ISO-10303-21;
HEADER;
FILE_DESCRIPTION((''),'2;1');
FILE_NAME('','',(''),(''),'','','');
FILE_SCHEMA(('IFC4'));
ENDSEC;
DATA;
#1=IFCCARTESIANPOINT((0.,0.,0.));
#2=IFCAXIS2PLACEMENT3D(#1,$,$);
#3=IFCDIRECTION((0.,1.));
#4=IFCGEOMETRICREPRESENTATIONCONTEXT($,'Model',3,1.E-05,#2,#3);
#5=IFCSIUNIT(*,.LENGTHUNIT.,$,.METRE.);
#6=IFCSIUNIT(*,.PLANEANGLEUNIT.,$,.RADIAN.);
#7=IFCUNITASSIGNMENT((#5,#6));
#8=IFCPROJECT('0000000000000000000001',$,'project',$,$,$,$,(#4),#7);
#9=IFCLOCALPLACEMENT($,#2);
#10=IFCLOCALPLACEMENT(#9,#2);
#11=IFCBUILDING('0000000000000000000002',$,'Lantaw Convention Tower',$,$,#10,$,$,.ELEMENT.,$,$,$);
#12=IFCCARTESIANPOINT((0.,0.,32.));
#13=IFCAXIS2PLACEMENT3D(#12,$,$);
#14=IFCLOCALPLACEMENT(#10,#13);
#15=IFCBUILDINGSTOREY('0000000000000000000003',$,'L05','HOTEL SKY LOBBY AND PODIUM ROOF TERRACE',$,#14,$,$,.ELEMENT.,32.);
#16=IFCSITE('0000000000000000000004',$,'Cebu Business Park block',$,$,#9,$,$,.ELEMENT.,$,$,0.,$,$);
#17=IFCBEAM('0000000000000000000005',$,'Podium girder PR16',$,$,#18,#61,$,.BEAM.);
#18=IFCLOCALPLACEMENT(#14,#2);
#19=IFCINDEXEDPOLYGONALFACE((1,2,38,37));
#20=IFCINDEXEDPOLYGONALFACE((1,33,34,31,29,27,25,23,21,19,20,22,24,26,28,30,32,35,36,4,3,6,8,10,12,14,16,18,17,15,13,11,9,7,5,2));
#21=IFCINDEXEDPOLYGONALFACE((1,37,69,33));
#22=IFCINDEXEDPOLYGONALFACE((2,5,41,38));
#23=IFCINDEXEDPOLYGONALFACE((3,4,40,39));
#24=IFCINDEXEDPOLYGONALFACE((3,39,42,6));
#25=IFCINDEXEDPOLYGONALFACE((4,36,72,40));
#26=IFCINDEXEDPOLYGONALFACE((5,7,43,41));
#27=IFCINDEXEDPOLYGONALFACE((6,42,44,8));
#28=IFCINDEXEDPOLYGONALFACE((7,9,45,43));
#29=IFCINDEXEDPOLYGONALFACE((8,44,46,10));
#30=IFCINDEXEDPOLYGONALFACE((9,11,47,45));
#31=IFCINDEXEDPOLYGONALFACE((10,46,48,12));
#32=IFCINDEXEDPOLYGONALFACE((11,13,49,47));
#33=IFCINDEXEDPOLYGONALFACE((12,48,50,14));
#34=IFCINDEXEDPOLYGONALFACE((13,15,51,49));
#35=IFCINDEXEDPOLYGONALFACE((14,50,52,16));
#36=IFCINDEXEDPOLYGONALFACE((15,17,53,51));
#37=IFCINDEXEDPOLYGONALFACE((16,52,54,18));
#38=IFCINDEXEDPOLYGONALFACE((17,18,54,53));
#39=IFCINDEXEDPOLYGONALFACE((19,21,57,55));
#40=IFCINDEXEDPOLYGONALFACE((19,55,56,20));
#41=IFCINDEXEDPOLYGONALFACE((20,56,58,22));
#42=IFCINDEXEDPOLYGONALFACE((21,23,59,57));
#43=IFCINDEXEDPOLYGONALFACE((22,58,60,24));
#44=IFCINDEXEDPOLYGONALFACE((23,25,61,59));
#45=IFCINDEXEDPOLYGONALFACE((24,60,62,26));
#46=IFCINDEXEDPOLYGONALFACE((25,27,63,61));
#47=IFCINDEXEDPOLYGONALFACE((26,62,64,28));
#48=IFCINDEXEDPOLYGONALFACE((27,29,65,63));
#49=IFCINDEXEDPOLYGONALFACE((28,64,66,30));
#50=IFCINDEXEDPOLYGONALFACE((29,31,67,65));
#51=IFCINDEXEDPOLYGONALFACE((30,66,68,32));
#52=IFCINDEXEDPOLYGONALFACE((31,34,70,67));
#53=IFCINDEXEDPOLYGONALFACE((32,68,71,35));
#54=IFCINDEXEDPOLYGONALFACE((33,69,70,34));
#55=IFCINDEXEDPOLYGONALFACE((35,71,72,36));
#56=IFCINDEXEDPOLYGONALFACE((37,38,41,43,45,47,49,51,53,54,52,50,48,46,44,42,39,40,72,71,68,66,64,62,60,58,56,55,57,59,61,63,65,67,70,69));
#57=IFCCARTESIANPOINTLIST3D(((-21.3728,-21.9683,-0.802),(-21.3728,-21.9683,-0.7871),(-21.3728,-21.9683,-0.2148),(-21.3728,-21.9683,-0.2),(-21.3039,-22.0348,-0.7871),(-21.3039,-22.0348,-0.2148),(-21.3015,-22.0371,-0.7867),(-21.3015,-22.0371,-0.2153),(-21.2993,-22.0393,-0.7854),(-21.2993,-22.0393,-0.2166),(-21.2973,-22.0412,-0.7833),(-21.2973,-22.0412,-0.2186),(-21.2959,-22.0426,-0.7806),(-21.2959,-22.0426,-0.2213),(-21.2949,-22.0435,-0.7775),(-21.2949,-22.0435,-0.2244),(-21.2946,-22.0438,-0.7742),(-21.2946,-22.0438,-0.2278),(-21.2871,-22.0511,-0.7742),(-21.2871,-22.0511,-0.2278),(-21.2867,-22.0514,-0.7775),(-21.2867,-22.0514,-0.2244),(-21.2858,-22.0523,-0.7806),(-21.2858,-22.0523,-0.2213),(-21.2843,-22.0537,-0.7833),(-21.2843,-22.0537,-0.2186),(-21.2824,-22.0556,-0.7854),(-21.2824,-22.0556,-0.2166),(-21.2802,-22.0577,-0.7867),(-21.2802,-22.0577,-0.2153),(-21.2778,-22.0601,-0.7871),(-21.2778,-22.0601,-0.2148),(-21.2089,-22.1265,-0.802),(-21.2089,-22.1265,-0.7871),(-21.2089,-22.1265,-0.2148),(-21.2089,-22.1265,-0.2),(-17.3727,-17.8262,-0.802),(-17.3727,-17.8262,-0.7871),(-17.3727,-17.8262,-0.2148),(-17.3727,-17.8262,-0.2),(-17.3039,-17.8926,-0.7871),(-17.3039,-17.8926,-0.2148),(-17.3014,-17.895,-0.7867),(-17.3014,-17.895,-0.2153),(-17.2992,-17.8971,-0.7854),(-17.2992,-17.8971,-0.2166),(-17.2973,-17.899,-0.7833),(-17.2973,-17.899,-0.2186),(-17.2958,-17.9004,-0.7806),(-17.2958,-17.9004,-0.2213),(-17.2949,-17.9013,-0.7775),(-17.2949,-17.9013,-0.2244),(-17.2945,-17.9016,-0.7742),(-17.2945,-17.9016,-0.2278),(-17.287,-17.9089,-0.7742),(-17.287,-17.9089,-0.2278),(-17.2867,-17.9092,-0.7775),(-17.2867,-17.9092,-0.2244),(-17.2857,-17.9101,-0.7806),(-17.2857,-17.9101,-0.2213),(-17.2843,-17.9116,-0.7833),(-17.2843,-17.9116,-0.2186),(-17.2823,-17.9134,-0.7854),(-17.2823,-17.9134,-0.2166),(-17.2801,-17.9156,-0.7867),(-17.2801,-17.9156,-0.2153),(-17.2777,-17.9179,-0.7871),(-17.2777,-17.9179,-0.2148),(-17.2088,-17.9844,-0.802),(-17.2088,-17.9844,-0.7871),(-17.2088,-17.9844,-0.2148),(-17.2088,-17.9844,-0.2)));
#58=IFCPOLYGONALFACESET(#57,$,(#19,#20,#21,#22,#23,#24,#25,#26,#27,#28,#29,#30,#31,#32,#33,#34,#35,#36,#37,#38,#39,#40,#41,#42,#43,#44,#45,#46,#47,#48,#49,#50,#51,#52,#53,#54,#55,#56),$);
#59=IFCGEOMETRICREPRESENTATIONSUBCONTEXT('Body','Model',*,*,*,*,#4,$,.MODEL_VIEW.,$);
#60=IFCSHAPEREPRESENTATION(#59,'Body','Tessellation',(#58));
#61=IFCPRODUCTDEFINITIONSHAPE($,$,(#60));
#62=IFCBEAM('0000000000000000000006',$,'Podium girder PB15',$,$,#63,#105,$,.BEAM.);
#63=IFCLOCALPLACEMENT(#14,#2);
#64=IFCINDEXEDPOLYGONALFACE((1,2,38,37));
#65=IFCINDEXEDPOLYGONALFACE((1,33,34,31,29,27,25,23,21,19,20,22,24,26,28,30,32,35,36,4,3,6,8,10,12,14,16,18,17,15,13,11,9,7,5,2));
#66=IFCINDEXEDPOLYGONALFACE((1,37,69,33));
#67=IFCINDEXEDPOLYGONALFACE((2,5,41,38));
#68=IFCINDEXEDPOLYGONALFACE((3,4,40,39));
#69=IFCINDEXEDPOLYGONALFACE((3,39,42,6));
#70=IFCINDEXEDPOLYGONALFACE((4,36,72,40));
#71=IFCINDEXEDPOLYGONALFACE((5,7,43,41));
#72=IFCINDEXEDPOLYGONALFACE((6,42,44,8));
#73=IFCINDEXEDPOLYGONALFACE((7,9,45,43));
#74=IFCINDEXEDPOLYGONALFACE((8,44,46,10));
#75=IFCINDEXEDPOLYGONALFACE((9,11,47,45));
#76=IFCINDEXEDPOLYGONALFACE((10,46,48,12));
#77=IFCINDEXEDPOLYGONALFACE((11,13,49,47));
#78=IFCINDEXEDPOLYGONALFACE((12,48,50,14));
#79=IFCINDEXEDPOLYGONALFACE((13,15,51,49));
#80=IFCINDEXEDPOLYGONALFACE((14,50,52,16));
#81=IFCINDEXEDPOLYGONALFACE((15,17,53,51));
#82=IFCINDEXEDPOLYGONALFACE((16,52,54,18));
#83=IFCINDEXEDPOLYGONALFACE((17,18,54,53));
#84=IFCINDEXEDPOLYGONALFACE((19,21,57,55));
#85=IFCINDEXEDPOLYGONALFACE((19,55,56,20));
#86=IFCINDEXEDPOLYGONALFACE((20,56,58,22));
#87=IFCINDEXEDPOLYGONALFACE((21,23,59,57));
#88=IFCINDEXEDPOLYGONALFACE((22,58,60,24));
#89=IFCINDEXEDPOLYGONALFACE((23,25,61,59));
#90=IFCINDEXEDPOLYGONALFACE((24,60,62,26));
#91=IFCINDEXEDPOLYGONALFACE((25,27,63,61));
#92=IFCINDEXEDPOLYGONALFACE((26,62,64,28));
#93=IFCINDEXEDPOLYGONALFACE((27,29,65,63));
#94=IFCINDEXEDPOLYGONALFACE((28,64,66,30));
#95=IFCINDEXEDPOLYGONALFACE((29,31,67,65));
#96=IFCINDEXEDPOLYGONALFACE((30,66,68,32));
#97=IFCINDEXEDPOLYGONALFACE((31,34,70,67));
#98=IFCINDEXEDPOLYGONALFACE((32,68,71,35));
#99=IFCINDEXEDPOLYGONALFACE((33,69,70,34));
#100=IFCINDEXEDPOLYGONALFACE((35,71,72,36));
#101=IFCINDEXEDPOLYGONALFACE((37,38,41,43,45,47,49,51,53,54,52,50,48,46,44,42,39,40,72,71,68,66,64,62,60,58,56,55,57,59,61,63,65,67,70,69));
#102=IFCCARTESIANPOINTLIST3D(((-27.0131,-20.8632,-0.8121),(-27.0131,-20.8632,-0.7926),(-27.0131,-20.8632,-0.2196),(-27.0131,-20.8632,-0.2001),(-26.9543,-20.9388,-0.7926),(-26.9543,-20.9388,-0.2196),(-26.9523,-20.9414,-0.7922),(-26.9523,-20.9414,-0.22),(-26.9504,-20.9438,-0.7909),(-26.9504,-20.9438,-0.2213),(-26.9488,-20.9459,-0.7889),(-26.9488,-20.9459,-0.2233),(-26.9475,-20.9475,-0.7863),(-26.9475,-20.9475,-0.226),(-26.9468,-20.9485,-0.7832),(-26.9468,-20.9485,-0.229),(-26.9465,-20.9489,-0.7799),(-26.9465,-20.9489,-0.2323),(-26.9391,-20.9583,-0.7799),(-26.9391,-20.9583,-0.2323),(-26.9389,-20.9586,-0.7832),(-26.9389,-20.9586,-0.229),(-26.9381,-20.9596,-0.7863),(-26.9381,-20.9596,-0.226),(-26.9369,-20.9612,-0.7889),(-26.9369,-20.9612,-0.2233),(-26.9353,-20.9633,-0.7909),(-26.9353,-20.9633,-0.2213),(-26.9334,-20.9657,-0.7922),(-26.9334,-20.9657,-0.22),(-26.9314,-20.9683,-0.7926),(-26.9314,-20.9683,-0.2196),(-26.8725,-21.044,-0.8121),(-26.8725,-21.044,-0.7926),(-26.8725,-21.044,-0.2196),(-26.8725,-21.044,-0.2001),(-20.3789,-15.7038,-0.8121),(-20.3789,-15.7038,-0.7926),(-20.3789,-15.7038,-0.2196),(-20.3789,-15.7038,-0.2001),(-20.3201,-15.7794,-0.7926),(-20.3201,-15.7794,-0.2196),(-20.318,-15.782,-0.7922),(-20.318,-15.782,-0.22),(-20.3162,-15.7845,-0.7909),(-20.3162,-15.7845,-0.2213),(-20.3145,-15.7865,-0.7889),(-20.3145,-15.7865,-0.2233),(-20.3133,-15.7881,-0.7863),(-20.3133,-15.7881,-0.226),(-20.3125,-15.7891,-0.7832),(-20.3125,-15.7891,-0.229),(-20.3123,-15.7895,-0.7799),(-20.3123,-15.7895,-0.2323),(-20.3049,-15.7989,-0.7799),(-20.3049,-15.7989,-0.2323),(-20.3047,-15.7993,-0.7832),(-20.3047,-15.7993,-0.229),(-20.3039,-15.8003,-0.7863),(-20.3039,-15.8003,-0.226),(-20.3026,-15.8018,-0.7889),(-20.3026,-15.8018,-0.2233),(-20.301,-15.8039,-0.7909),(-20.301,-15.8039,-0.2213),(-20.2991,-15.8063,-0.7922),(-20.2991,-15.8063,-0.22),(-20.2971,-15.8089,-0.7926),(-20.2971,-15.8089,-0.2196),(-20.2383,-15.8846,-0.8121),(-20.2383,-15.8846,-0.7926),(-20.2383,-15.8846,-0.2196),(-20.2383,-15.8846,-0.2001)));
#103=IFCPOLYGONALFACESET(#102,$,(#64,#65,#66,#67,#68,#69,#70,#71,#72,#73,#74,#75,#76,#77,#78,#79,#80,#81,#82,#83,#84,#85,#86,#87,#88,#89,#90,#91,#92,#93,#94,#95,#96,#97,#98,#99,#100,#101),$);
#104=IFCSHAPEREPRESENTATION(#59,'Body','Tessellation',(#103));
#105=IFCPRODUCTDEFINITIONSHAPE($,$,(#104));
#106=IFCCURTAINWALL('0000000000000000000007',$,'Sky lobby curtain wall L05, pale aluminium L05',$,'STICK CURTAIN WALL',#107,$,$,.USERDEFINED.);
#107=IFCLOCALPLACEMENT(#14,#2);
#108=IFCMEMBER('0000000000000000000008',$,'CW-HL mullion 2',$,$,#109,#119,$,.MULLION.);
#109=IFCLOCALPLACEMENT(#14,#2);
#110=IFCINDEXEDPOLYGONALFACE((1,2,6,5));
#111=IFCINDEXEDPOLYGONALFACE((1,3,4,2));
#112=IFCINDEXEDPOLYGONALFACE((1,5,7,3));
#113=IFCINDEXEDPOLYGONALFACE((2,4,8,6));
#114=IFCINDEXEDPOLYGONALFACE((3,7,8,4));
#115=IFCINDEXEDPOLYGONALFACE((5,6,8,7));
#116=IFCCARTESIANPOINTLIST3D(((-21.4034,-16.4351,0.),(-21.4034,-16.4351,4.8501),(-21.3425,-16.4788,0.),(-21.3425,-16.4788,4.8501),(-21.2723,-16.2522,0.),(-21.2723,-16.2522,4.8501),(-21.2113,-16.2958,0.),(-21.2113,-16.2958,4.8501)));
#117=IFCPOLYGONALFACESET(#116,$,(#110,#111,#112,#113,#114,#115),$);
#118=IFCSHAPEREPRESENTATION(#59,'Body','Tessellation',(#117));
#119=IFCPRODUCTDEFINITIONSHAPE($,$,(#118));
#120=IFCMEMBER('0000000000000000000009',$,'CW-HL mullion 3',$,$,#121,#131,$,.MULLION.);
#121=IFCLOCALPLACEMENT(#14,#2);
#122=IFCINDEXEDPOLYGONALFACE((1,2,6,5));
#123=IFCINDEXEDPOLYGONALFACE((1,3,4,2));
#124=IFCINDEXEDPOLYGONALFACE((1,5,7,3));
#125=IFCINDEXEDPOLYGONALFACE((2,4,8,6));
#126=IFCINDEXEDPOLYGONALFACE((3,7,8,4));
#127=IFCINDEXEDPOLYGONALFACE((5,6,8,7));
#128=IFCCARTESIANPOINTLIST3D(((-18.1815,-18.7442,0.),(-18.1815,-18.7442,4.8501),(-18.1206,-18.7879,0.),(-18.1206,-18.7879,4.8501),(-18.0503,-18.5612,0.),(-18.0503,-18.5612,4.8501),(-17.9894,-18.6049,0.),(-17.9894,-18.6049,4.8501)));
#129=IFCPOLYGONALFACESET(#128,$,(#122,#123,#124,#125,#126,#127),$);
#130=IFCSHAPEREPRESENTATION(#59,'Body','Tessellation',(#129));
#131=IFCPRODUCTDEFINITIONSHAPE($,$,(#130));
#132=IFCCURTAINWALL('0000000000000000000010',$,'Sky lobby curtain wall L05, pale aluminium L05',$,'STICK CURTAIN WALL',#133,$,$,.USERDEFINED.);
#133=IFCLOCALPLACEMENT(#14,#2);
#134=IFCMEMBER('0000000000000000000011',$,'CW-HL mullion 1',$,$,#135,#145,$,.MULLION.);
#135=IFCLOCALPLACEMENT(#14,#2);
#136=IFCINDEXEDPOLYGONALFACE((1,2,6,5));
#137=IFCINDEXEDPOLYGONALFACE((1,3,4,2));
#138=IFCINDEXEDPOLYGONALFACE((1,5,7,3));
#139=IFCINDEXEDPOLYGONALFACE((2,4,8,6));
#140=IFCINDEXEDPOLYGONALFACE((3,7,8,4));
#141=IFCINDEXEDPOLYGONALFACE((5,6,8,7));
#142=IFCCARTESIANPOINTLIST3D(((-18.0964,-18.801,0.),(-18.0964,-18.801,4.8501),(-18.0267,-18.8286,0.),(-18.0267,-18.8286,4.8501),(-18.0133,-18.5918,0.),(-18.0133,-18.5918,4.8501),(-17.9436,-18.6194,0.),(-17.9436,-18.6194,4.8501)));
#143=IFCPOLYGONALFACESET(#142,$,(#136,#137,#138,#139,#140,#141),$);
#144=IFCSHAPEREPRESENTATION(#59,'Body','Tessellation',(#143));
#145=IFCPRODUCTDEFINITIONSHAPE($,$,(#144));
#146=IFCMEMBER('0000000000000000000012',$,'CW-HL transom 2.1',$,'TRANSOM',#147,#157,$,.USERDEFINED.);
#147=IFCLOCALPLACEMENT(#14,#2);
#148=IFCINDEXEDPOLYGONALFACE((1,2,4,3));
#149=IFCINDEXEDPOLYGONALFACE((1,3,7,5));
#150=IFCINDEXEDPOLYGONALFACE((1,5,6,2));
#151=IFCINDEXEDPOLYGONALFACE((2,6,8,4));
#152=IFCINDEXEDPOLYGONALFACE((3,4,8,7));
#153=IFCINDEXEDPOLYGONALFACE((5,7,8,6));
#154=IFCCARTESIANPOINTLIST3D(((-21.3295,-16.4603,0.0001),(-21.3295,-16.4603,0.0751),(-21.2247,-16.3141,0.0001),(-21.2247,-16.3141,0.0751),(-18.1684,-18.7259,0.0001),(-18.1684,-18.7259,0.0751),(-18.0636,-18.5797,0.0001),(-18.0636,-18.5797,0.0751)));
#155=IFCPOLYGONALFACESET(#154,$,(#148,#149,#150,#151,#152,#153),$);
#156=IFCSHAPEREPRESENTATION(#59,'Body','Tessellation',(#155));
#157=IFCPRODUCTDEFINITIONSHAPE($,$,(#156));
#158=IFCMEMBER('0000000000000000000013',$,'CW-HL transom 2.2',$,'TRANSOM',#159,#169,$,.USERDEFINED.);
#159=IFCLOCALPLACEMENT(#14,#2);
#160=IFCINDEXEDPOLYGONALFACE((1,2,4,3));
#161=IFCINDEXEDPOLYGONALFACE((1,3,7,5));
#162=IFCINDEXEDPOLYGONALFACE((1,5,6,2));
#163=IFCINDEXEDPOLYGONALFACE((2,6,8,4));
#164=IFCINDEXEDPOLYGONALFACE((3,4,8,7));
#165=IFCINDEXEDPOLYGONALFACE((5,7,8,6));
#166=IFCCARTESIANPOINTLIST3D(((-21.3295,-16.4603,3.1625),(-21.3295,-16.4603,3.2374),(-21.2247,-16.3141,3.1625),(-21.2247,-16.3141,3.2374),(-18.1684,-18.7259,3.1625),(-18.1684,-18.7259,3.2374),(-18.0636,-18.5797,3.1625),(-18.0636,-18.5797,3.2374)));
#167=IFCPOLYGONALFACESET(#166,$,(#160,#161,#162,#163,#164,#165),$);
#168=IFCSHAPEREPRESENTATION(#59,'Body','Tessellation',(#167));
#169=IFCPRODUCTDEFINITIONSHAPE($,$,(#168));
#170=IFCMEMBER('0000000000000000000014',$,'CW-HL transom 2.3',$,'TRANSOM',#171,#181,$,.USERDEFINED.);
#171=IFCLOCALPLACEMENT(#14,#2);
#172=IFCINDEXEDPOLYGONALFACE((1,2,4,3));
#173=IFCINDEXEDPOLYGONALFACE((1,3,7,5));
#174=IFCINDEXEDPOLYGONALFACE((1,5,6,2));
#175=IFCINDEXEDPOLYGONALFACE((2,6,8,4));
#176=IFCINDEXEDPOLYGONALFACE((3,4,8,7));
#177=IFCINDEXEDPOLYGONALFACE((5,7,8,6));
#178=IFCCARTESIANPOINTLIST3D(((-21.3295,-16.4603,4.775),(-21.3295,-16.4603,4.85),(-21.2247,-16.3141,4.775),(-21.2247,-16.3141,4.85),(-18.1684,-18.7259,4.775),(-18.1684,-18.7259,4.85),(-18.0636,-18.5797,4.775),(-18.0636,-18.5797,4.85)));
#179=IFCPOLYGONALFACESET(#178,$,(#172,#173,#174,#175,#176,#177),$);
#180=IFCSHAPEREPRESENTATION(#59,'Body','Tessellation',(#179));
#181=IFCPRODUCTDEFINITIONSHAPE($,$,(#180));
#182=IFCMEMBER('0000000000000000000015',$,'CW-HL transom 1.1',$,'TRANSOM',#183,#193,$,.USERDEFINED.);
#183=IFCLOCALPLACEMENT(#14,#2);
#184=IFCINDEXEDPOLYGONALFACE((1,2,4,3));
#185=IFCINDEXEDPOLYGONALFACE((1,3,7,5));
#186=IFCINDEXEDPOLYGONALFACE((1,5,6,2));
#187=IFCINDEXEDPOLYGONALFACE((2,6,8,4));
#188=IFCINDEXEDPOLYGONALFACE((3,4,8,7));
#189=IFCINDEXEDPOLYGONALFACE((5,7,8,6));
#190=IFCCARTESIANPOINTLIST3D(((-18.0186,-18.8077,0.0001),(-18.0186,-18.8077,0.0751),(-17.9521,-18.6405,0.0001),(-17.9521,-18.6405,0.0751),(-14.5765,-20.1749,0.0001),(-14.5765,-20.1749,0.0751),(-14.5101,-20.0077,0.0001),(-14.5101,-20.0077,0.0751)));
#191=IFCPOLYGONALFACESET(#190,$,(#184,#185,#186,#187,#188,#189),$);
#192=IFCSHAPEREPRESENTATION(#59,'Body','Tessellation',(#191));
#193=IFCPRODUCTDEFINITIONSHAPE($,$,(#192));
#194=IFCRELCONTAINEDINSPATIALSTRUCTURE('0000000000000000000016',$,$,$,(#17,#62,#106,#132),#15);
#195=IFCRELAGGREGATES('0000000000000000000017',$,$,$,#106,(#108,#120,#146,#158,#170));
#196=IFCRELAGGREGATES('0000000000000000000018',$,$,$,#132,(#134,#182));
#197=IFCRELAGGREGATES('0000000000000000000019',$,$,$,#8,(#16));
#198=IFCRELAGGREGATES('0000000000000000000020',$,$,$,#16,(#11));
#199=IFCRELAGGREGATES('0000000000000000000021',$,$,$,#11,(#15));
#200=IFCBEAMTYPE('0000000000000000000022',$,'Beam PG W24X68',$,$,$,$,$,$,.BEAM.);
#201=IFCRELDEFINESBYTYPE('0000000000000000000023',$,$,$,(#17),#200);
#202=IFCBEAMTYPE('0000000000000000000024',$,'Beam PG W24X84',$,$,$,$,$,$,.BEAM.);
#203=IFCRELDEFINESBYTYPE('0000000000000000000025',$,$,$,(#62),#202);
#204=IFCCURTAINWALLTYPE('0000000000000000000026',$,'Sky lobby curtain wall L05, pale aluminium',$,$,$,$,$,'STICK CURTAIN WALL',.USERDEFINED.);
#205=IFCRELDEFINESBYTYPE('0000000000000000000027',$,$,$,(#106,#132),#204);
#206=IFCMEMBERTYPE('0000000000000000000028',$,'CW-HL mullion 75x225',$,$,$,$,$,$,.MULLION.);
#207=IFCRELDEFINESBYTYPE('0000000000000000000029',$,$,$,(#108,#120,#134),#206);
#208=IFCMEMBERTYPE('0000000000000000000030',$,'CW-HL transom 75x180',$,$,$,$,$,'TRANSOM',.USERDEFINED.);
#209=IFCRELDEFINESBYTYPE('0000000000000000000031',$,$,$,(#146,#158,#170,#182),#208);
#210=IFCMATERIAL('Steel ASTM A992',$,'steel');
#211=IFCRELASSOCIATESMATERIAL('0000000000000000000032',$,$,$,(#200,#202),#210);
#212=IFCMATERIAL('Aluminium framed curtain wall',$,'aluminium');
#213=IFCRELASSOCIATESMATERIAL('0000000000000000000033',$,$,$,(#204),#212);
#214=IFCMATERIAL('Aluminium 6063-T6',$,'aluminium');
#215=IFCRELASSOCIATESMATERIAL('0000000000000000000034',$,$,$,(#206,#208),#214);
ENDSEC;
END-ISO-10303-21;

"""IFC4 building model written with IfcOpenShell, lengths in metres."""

from ifc_helpers import new_model, si_unit, direction, frame, origin, origin_2d, place, context, subcontext, project, spatial, rectangle, i_section, extrude, material, material_profile, profile_set, type_object, element, aggregate, save


model = new_model("IFC4")

# Units and contexts
model_context = context("Model", 3, precision=1e-05, world=origin(), true_north=direction((0.0, 1.0)))
body_context = subcontext(model_context, "Body", "Model", "MODEL_VIEW")
ifc_project = project(units=[si_unit("LENGTHUNIT", "METRE"), si_unit("PLANEANGLEUNIT", "RADIAN")], contexts=[model_context])

# Site, building, storey
site_placement = place(None, origin())
site = spatial("IfcSite", under=ifc_project, at=site_placement, Name="Cebu Business Park block", CompositionType="ELEMENT", RefElevation=0.0)
building_placement = place(site_placement, origin())
building = spatial("IfcBuilding", under=site, at=building_placement, Name="Lantaw Convention Tower", CompositionType="ELEMENT")
storey_placement = place(building_placement, frame((0.0, 0.0, 32.0)))
storey = spatial("IfcBuildingStorey", under=building, at=storey_placement, Name="L05", Description="HOTEL SKY LOBBY AND PODIUM ROOF TERRACE", CompositionType="ELEMENT", Elevation=32.0)

# Beams
ifc_material_1 = material(Name="Steel ASTM A992", Category="steel")
ifc_material_profile_1 = material_profile(ifc_material_1, i_section(OverallWidth=0.2278, OverallDepth=0.6021, WebThickness=0.0105, FlangeThickness=0.0149, FilletRadius=0.0129, at=origin_2d()), Name="W24X68")
ifc_profile_set_1 = profile_set([ifc_material_profile_1], Name="Steel ASTM A992")
beam_type_1 = type_object("IfcBeamType", Name="Beam PG W24X68", PredefinedType="BEAM", material=ifc_profile_set_1)
beam_1_placement = place(storey_placement, frame((-17.2908, -17.9053, -0.501), z_axis=(-0.694661, -0.719337, 0.0), x_axis=(0.719337, -0.694661, 0.0)))
element("IfcBeam", 1, at=beam_1_placement, inside=storey, type_object=beam_type_1, Name="Podium girder PR16", PredefinedType="BEAM", context=body_context, shape_type="SweptSolid", body=[
    extrude(i_section(OverallWidth=0.2278, OverallDepth=0.6021, WebThickness=0.0105, FlangeThickness=0.0149, FilletRadius=0.0129, at=origin_2d()), origin(), (0.0, 0.0, 1.0), 5.7583),
])
ifc_material_profile_2 = material_profile(ifc_material_1, i_section(OverallWidth=0.229, OverallDepth=0.6121, WebThickness=0.012, FlangeThickness=0.0195, FilletRadius=0.0127, at=origin_2d()), Name="W24X84")
ifc_profile_set_2 = profile_set([ifc_material_profile_2], Name="Steel ASTM A992")
beam_type_2 = type_object("IfcBeamType", Name="Beam PG W24X84", PredefinedType="BEAM", material=ifc_profile_set_2)
beam_2_placement = place(storey_placement, frame((-20.3086, -15.7942, -0.5061), z_axis=(-0.789385, -0.613898, 0.0), x_axis=(0.613898, -0.789385, 0.0)))
element("IfcBeam", 2, at=beam_2_placement, inside=storey, type_object=beam_type_2, Name="Podium girder PB15", PredefinedType="BEAM", context=body_context, shape_type="SweptSolid", body=[
    extrude(i_section(OverallWidth=0.229, OverallDepth=0.6121, WebThickness=0.012, FlangeThickness=0.0195, FilletRadius=0.0127, at=origin_2d()), origin(), (0.0, 0.0, 1.0), 8.4043),
])

# Curtain wall, members
ifc_material_2 = material(Name="Aluminium framed curtain wall", Category="aluminium")
curtain_wall_type = type_object("IfcCurtainWallType", Name="Sky lobby curtain wall L05, pale aluminium", ElementType="STICK CURTAIN WALL", PredefinedType="USERDEFINED", material=ifc_material_2)
curtain_wall_1_placement = place(storey_placement, origin())
curtain_wall_1 = element("IfcCurtainWall", 3, at=curtain_wall_1_placement, inside=storey, type_object=curtain_wall_type, Name="Sky lobby curtain wall L05, pale aluminium L05", ObjectType="STICK CURTAIN WALL", PredefinedType="USERDEFINED")
ifc_material_3 = material(Name="Aluminium 6063-T6", Category="aluminium")
ifc_material_profile_3 = material_profile(ifc_material_3, rectangle(XDim=0.2251, YDim=0.075, at=origin_2d()), Name="CW-HL mullion 75x225")
ifc_profile_set_3 = profile_set([ifc_material_profile_3], Name="Aluminium 6063-T6")
member_type_1 = type_object("IfcMemberType", Name="CW-HL mullion 75x225", PredefinedType="MULLION", material=ifc_profile_set_3)
member_1_placement = place(storey_placement, frame((-21.3074, -16.3655, 0.0), z_axis=(0.0, 0.0, 1.0), x_axis=(0.582538, 0.812804, 0.0)))
member_1 = element("IfcMember", 4, at=member_1_placement, type_object=member_type_1, Name="CW-HL mullion 2", PredefinedType="MULLION", context=body_context, shape_type="SweptSolid", body=[
    extrude(rectangle(XDim=0.2251, YDim=0.075, at=origin_2d()), origin(), (0.0, 0.0, 1.0), 4.8501),
])
member_2_placement = place(storey_placement, frame((-18.0854, -18.6746, 0.0), z_axis=(0.0, 0.0, 1.0), x_axis=(0.582538, 0.812804, 0.0)))
member_2 = element("IfcMember", 5, at=member_2_placement, type_object=member_type_1, Name="CW-HL mullion 3", PredefinedType="MULLION", context=body_context, shape_type="SweptSolid", body=[
    extrude(rectangle(XDim=0.2251, YDim=0.075, at=origin_2d()), origin(), (0.0, 0.0, 1.0), 4.8501),
])

# Curtain wall, member
curtain_wall_2_placement = place(storey_placement, origin())
curtain_wall_2 = element("IfcCurtainWall", 6, at=curtain_wall_2_placement, inside=storey, type_object=curtain_wall_type, Name="Sky lobby curtain wall L05, pale aluminium L05", ObjectType="STICK CURTAIN WALL", PredefinedType="USERDEFINED")
member_3_placement = place(storey_placement, frame((-18.02, -18.7102, 0.0), z_axis=(0.0, 0.0, 1.0), x_axis=(0.369172, 0.929361, 0.0)))
member_3 = element("IfcMember", 7, at=member_3_placement, type_object=member_type_1, Name="CW-HL mullion 1", PredefinedType="MULLION", context=body_context, shape_type="SweptSolid", body=[
    extrude(rectangle(XDim=0.2251, YDim=0.075, at=origin_2d()), origin(), (0.0, 0.0, 1.0), 4.8501),
])

# Members
ifc_material_profile_4 = material_profile(ifc_material_3, rectangle(XDim=0.1799, YDim=0.075, at=origin_2d()), Name="CW-HL transom 75x180")
ifc_profile_set_4 = profile_set([ifc_material_profile_4], Name="Aluminium 6063-T6")
member_type_2 = type_object("IfcMemberType", Name="CW-HL transom 75x180", ElementType="TRANSOM", PredefinedType="USERDEFINED", material=ifc_profile_set_4)
member_4_placement = place(storey_placement, frame((-21.2771, -16.3872, 0.0376), z_axis=(0.812799, -0.582544, 0.0), x_axis=(0.582544, 0.812799, 0.0)))
member_4 = element("IfcMember", 8, at=member_4_placement, type_object=member_type_2, Name="CW-HL transom 2.1", ObjectType="TRANSOM", PredefinedType="USERDEFINED", context=body_context, shape_type="SweptSolid", body=[
    extrude(rectangle(XDim=0.1799, YDim=0.075, at=origin_2d()), origin(), (0.0, 0.0, 1.0), 3.8892),
])
member_5_placement = place(storey_placement, frame((-21.2771, -16.3872, 3.2), z_axis=(0.812799, -0.582544, 0.0), x_axis=(0.582544, 0.812799, 0.0)))
member_5 = element("IfcMember", 9, at=member_5_placement, type_object=member_type_2, Name="CW-HL transom 2.2", ObjectType="TRANSOM", PredefinedType="USERDEFINED", context=body_context, shape_type="SweptSolid", body=[
    extrude(rectangle(XDim=0.1799, YDim=0.075, at=origin_2d()), origin(), (0.0, 0.0, 1.0), 3.8892),
])
member_6_placement = place(storey_placement, frame((-21.2771, -16.3872, 4.8125), z_axis=(0.812799, -0.582544, 0.0), x_axis=(0.582544, 0.812799, 0.0)))
member_6 = element("IfcMember", 10, at=member_6_placement, type_object=member_type_2, Name="CW-HL transom 2.3", ObjectType="TRANSOM", PredefinedType="USERDEFINED", context=body_context, shape_type="SweptSolid", body=[
    extrude(rectangle(XDim=0.1799, YDim=0.075, at=origin_2d()), origin(), (0.0, 0.0, 1.0), 3.8892),
])
member_7_placement = place(storey_placement, frame((-17.9854, -18.7241, 0.0376), z_axis=(0.929374, -0.369139, 0.0), x_axis=(0.369139, 0.929374, 0.0)))
member_7 = element("IfcMember", 11, at=member_7_placement, type_object=member_type_2, Name="CW-HL transom 1.1", ObjectType="TRANSOM", PredefinedType="USERDEFINED", context=body_context, shape_type="SweptSolid", body=[
    extrude(rectangle(XDim=0.1799, YDim=0.075, at=origin_2d()), origin(), (0.0, 0.0, 1.0), 3.7036),
])

aggregate(curtain_wall_1, [member_1, member_2, member_4, member_5, member_6])
aggregate(curtain_wall_2, [member_3, member_7])

save(model, "model.ifc")
